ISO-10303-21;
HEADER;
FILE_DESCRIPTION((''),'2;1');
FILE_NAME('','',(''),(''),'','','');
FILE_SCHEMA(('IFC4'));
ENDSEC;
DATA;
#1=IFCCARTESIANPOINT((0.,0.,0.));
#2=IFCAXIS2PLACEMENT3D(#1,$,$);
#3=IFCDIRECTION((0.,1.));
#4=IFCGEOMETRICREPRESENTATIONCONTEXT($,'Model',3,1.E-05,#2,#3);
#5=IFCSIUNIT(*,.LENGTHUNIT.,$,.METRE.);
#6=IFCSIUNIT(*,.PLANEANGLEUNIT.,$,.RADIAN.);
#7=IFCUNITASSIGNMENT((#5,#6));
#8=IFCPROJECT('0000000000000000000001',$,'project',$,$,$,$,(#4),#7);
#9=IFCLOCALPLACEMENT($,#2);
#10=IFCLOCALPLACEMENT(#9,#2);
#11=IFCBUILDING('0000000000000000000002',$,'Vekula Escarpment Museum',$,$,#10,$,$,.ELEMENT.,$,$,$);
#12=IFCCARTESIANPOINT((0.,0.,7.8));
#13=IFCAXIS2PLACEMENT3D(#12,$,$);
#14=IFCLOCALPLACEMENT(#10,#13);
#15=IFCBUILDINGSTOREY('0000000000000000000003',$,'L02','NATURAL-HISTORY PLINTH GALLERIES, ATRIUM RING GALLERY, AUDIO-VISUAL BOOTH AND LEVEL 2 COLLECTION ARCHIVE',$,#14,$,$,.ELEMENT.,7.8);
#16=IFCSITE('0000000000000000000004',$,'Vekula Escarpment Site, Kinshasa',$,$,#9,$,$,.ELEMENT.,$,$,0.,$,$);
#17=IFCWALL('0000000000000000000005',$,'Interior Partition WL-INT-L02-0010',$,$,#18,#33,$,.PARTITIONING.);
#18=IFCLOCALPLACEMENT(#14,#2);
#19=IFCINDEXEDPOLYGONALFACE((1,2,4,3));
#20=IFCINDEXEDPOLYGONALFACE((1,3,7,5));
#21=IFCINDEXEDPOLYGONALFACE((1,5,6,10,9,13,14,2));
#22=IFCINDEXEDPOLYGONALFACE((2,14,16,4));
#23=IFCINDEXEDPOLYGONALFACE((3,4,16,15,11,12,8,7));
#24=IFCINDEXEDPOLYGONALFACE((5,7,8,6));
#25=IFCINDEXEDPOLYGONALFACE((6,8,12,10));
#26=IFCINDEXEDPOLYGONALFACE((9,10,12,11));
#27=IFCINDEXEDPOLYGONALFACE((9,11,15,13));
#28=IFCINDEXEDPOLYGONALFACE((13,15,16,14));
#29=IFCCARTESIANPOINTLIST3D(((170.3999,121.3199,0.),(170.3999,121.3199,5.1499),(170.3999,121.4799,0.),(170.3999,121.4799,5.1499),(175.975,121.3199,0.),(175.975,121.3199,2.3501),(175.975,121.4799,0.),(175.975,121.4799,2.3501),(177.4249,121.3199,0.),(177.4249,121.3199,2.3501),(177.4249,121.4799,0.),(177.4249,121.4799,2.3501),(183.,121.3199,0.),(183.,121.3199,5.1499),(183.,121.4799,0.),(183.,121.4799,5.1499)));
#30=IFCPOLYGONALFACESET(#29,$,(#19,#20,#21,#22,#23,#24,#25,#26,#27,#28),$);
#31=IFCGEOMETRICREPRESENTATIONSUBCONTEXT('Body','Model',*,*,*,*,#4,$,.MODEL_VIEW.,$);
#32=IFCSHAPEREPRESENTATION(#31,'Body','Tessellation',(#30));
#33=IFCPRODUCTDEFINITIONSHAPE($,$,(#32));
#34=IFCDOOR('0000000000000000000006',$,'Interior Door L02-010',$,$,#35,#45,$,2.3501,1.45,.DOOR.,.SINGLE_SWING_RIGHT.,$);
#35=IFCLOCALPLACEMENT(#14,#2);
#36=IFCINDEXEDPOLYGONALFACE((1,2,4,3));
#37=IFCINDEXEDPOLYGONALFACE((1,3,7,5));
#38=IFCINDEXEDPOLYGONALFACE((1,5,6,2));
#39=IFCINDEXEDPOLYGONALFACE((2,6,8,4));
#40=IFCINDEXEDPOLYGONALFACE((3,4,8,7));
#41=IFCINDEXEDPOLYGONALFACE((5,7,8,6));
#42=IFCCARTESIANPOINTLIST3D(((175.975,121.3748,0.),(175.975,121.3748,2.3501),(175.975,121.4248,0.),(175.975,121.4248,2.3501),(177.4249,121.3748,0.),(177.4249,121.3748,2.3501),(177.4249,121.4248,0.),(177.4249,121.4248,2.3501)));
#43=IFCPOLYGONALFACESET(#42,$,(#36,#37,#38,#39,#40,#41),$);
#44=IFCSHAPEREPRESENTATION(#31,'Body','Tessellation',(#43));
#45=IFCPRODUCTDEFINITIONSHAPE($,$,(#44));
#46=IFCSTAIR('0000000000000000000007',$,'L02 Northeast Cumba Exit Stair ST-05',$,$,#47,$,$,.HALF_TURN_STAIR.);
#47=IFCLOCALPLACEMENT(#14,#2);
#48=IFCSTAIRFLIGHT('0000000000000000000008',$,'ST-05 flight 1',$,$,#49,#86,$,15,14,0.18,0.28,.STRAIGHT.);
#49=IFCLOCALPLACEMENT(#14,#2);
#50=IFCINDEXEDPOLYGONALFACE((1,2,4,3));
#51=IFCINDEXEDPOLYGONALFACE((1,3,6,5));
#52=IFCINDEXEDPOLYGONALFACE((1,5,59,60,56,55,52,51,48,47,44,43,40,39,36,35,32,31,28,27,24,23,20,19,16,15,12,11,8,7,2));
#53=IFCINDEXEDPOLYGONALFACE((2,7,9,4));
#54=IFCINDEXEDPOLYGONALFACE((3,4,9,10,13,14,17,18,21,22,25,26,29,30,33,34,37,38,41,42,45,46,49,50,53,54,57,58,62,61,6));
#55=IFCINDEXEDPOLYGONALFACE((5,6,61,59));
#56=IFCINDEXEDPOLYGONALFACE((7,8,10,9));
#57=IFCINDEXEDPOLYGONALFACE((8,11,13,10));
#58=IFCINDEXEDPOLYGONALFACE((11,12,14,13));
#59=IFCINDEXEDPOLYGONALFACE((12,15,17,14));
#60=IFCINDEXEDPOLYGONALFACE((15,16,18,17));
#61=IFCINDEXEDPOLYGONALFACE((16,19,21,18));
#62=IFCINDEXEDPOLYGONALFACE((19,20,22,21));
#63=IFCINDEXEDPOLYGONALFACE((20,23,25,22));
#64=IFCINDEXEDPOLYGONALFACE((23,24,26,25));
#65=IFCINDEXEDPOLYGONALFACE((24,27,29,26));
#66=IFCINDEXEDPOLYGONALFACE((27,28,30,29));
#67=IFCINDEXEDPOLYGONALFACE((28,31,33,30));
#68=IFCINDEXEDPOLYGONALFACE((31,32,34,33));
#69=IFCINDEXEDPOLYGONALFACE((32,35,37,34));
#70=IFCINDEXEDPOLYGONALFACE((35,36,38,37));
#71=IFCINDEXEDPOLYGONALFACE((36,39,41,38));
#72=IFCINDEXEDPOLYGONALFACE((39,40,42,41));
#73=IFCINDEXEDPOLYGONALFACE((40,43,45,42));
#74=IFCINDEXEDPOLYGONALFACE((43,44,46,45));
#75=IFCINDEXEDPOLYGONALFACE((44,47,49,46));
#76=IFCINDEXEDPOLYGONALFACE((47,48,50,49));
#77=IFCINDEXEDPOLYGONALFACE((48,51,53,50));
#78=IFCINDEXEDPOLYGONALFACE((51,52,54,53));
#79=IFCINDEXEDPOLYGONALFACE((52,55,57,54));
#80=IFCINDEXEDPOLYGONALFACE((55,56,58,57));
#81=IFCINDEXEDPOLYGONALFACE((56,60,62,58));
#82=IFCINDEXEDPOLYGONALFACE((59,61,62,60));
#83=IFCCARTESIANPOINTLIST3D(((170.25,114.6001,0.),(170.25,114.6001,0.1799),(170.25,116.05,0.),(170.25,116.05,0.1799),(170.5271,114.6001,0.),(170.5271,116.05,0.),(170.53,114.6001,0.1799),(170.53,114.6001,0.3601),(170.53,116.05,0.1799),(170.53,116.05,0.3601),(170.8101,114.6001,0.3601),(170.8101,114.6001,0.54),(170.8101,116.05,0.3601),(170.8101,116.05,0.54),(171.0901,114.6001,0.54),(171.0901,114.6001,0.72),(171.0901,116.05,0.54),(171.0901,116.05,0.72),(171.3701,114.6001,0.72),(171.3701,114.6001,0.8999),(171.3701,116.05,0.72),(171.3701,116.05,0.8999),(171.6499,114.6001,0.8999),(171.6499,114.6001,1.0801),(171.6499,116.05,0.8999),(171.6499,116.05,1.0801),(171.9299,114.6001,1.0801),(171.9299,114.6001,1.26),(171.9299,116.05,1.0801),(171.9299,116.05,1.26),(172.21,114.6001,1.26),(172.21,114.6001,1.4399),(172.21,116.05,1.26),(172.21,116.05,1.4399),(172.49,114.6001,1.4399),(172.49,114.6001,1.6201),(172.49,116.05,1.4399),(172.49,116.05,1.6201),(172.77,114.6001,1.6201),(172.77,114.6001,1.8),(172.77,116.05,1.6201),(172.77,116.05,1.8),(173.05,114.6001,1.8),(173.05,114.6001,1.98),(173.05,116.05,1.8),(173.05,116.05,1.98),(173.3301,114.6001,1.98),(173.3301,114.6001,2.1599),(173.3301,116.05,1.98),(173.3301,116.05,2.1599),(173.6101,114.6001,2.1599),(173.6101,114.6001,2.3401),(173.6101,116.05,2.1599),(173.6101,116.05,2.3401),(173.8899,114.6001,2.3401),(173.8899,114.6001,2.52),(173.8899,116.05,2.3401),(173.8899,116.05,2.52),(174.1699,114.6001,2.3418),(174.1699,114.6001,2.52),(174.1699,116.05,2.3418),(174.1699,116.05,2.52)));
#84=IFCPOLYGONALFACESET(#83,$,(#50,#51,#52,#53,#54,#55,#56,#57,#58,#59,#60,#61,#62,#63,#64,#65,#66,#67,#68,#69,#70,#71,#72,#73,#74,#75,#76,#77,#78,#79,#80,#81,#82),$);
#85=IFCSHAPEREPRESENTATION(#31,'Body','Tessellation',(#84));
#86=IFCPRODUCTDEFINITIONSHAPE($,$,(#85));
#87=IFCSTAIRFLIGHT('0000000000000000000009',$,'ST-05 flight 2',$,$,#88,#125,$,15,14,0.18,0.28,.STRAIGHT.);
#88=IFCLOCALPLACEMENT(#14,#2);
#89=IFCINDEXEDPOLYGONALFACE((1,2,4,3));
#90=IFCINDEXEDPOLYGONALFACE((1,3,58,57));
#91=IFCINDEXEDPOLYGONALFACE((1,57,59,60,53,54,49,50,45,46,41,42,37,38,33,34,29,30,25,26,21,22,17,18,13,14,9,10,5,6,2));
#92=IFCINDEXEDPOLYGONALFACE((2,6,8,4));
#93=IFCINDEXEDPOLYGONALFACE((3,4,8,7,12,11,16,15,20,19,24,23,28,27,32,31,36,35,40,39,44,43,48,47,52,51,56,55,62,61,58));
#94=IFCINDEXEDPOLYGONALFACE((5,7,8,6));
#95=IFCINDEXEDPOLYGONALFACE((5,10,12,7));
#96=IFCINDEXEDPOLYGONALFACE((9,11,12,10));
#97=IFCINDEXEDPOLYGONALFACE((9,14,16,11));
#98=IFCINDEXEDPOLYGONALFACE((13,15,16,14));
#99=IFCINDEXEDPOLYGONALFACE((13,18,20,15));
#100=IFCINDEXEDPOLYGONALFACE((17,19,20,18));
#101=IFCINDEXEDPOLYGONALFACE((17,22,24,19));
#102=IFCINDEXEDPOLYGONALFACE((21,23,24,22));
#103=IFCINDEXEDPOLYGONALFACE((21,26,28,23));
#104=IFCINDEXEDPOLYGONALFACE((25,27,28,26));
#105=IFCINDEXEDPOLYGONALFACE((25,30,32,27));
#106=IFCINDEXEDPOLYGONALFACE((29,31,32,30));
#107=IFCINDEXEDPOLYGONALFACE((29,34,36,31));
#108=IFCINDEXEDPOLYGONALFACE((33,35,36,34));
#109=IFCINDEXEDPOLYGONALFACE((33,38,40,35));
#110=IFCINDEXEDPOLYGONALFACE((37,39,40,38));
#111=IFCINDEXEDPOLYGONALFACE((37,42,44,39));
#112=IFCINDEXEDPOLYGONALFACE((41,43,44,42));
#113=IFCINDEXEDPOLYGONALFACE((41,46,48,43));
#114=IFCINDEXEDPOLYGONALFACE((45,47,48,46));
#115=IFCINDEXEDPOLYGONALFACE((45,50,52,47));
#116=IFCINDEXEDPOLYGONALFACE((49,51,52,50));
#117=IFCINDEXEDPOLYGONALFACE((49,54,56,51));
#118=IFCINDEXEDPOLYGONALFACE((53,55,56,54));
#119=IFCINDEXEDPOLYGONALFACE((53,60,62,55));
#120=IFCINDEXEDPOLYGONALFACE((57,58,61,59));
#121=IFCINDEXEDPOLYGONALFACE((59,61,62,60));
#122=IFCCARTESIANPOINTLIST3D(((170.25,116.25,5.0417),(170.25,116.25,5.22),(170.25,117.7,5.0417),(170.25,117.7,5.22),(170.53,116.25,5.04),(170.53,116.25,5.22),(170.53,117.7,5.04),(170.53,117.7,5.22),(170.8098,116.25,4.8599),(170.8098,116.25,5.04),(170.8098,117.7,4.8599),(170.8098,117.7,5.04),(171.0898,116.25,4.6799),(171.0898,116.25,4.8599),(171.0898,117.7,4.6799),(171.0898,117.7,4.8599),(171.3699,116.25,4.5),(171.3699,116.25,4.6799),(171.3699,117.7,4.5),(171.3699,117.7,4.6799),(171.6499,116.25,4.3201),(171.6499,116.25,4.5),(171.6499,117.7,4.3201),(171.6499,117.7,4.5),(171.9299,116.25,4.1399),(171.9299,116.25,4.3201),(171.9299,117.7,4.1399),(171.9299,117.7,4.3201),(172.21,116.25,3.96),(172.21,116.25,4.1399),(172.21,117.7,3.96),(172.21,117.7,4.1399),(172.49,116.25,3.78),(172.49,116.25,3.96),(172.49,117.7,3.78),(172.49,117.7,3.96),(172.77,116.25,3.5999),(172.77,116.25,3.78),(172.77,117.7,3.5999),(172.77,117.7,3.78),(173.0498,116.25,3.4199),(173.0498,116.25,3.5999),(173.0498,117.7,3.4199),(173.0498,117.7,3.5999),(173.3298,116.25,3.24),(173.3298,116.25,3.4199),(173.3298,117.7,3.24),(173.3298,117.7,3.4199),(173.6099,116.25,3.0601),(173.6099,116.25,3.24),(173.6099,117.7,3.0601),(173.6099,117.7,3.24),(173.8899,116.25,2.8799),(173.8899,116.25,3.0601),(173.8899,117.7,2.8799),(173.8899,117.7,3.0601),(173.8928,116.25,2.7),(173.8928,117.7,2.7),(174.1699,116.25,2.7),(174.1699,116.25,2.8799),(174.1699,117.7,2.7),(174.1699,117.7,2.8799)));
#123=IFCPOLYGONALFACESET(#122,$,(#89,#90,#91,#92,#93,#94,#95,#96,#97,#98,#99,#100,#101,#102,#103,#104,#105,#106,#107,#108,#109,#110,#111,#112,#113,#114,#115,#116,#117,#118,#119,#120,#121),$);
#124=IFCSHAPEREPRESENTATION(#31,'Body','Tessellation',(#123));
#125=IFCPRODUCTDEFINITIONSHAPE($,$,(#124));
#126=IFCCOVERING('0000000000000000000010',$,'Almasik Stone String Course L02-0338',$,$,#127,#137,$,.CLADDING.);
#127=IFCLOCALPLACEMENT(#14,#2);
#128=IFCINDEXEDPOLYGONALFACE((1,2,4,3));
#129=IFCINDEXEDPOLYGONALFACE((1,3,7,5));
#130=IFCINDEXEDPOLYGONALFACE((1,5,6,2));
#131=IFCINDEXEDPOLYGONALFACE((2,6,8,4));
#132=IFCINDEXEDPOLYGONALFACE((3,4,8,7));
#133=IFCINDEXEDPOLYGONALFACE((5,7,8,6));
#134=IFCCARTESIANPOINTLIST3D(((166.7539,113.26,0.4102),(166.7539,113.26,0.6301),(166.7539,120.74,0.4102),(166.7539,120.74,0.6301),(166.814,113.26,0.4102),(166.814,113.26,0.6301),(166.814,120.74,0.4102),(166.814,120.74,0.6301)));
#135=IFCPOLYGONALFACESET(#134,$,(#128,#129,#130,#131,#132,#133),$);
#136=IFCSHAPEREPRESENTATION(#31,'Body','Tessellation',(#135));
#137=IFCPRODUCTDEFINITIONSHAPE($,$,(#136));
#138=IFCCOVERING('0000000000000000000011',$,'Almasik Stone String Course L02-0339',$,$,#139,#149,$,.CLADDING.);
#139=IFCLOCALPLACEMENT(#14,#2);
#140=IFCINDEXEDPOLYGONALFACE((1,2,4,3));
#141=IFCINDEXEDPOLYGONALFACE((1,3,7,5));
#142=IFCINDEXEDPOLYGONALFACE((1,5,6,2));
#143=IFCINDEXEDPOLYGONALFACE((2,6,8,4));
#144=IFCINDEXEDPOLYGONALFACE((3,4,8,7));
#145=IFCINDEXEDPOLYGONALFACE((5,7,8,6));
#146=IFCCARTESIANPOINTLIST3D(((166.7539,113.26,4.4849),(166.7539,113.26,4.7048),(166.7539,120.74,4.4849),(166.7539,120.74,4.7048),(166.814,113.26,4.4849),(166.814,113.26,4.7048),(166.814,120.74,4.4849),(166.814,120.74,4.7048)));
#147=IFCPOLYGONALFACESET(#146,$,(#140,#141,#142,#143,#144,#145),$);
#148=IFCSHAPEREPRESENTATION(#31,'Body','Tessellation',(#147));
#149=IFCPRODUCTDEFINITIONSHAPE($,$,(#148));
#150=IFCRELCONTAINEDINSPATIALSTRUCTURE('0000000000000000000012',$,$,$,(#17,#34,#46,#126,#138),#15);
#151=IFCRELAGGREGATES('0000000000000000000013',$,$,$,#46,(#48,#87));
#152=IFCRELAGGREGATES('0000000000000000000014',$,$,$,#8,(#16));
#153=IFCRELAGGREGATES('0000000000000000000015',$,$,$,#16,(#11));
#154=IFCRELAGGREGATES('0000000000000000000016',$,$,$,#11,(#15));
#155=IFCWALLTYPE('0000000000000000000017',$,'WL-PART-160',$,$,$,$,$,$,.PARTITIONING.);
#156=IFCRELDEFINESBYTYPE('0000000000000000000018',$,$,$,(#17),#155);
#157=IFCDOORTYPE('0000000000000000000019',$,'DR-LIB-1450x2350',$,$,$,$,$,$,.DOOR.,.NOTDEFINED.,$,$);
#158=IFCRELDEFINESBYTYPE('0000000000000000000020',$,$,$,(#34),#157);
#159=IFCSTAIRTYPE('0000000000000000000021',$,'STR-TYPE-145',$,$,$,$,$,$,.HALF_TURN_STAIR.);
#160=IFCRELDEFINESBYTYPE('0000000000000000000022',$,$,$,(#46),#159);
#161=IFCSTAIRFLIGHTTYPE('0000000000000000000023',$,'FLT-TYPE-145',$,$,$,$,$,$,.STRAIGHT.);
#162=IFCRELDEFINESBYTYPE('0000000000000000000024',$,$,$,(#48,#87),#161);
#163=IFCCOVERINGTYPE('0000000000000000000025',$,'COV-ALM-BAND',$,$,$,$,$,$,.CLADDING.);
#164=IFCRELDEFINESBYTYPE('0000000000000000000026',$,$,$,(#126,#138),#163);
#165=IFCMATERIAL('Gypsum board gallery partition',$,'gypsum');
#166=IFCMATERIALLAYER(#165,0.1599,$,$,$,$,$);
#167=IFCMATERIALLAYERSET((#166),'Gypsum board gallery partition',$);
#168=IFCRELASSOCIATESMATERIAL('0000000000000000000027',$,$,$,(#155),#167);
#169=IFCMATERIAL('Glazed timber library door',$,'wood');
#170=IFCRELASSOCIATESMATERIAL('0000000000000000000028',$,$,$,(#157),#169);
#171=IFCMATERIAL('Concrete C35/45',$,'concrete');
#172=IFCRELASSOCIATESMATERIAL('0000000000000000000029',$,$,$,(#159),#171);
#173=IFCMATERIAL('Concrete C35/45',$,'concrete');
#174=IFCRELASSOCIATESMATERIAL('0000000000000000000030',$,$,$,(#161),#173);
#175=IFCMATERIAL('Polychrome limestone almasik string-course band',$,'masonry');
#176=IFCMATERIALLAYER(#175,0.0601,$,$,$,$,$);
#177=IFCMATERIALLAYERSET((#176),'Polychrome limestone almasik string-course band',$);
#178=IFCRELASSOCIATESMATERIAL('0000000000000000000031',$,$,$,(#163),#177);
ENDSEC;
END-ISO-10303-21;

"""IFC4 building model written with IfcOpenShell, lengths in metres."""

from ifc_helpers import new_model, si_unit, direction, frame, frame_2d, origin, origin_2d, place, context, subcontext, project, spatial, polyline, rectangle, outline, extrude, material, layer, layer_set, type_object, element, fill, aggregate, save


model = new_model("IFC4")

# Units and contexts
model_context = context("Model", 3, precision=1e-05, world=origin(), true_north=direction((0.0, 1.0)))
body_context = subcontext(model_context, "Body", "Model", "MODEL_VIEW")
ifc_project = project(units=[si_unit("LENGTHUNIT", "METRE"), si_unit("PLANEANGLEUNIT", "RADIAN")], contexts=[model_context])

# Site, building, storey
site_placement = place(None, origin())
site = spatial("IfcSite", under=ifc_project, at=site_placement, Name="Vekula Escarpment Site, Kinshasa", CompositionType="ELEMENT", RefElevation=0.0)
building_placement = place(site_placement, origin())
building = spatial("IfcBuilding", under=site, at=building_placement, Name="Vekula Escarpment Museum", CompositionType="ELEMENT")
storey_placement = place(building_placement, frame((0.0, 0.0, 7.8)))
storey = spatial("IfcBuildingStorey", under=building, at=storey_placement, Name="L02", Description="NATURAL-HISTORY PLINTH GALLERIES, ATRIUM RING GALLERY, AUDIO-VISUAL BOOTH AND LEVEL 2 COLLECTION ARCHIVE", CompositionType="ELEMENT", Elevation=7.8)

# Wall, opening, door
ifc_material_1 = material(Name="Gypsum board gallery partition", Category="gypsum")
ifc_layer_1 = layer(ifc_material_1, 0.1599)
ifc_layer_set_1 = layer_set([ifc_layer_1], Name="Gypsum board gallery partition")
wall_type_1 = type_object("IfcWallType", Name="WL-PART-160", PredefinedType="PARTITIONING", material=ifc_layer_set_1)
wall_1_placement = place(storey_placement, frame((170.3999, 121.3999, 0.0), z_axis=(0.0, 0.0, 1.0), x_axis=(1.0, 0.0, 0.0)))
wall_1 = element("IfcWall", 1, at=wall_1_placement, inside=storey, type_object=wall_type_1, Name="Interior Partition WL-INT-L02-0010", PredefinedType="PARTITIONING", context=body_context, shape_type="SweptSolid", body=[
    extrude(rectangle(XDim=12.6001, YDim=0.1599, at=frame_2d((6.3, 0.0))), origin(), (0.0, 0.0, 1.0), 5.1499),
])
opening_1_placement = place(wall_1_placement, frame((5.575, 0.0, 0.0)))
opening_1 = element("IfcOpeningElement", 2, at=opening_1_placement, cuts=wall_1, PredefinedType="OPENING", context=body_context, shape_type="SweptSolid", body=[
    extrude(rectangle(XDim=1.45, YDim=2.3501, at=frame_2d((0.7251, 1.175))), frame((0.0, 0.0898, 0.0), z_axis=(0.0, -1.0, 0.0), x_axis=(1.0, 0.0, 0.0)), (0.0, 0.0, 1.0), 0.1799),
])
ifc_material_2 = material(Name="Glazed timber library door", Category="wood")
door_type_1 = type_object("IfcDoorType", Name="DR-LIB-1450x2350", OperationType="NOTDEFINED", PredefinedType="DOOR", material=ifc_material_2)
door_1_placement = place(opening_1_placement, origin())
door_1 = element("IfcDoor", 3, at=door_1_placement, inside=storey, type_object=door_type_1, Name="Interior Door L02-010", OperationType="SINGLE_SWING_RIGHT", OverallHeight=2.3501, OverallWidth=1.45, PredefinedType="DOOR", context=body_context, shape_type="SweptSolid", body=[
    extrude(rectangle(XDim=1.45, YDim=2.3501, at=frame_2d((0.7251, 1.175))), frame((0.0, 0.0249, 0.0), z_axis=(0.0, -1.0, 0.0), x_axis=(1.0, 0.0, 0.0)), (0.0, 0.0, 1.0), 0.05),
])
fill(opening_1, door_1)

# Stair, stair flights
ifc_material_3 = material(Name="Concrete C35/45", Category="concrete")
stair_type = type_object("IfcStairType", Name="STR-TYPE-145", PredefinedType="HALF_TURN_STAIR", material=ifc_material_3)
stair_placement = place(storey_placement, origin())
stair = element("IfcStair", 4, at=stair_placement, inside=storey, type_object=stair_type, Name="L02 Northeast Cumba Exit Stair ST-05", PredefinedType="HALF_TURN_STAIR")
ifc_material_4 = material(Name="Concrete C35/45", Category="concrete")
stair_flight_type = type_object("IfcStairFlightType", Name="FLT-TYPE-145", PredefinedType="STRAIGHT", material=ifc_material_4)
stair_flight_1_placement = place(storey_placement, frame((170.25, 115.325, 0.0), z_axis=(0.0, 0.0, 1.0), x_axis=(1.0, 0.0, 0.0)))
stair_flight_1 = element("IfcStairFlight", 5, at=stair_flight_1_placement, type_object=stair_flight_type, Name="ST-05 flight 1", NumberOfRisers=15, NumberOfTreads=14, PredefinedType="STRAIGHT", RiserHeight=0.18, TreadLength=0.28, context=body_context, shape_type="SweptSolid", body=[
    extrude(outline(polyline([(0.0, 0.0), (0.0, 0.1799), (0.28, 0.1799), (0.28, 0.3601), (0.5601, 0.3601), (0.5601, 0.54), (0.8401, 0.54), (0.8401, 0.72), (1.1201, 0.72), (1.1201, 0.8999), (1.3999, 0.8999), (1.3999, 1.0801), (1.6799, 1.0801), (1.6799, 1.26), (1.96, 1.26), (1.96, 1.4399), (2.24, 1.4399), (2.24, 1.6201), (2.52, 1.6201), (2.52, 1.8), (2.8, 1.8), (2.8, 1.98), (3.0801, 1.98), (3.0801, 2.1599), (3.3601, 2.1599), (3.3601, 2.3401), (3.6399, 2.3401), (3.6399, 2.52), (3.9199, 2.52), (3.9199, 2.7), (3.9199, 2.3418), (0.2771, 0.0), (0.0, 0.0)])), frame((0.0, 0.7251, 0.0), z_axis=(0.0, -1.0, 0.0), x_axis=(1.0, 0.0, 0.0)), (0.0, 0.0, 1.0), 1.45),
])
stair_flight_2_placement = place(storey_placement, frame((174.1699, 116.9751, 2.7), z_axis=(0.0, 0.0, 1.0), x_axis=(-1.0, 0.0, 0.0)))
stair_flight_2 = element("IfcStairFlight", 6, at=stair_flight_2_placement, type_object=stair_flight_type, Name="ST-05 flight 2", NumberOfRisers=15, NumberOfTreads=14, PredefinedType="STRAIGHT", RiserHeight=0.18, TreadLength=0.28, context=body_context, shape_type="SweptSolid", body=[
    extrude(outline(polyline([(0.0, 0.0), (0.0, 0.1799), (0.28, 0.1799), (0.28, 0.3601), (0.5601, 0.3601), (0.5601, 0.54), (0.8401, 0.54), (0.8401, 0.72), (1.1201, 0.72), (1.1201, 0.8999), (1.3999, 0.8999), (1.3999, 1.0801), (1.6799, 1.0801), (1.6799, 1.26), (1.96, 1.26), (1.96, 1.4399), (2.24, 1.4399), (2.24, 1.6201), (2.52, 1.6201), (2.52, 1.8), (2.8, 1.8), (2.8, 1.98), (3.0801, 1.98), (3.0801, 2.1599), (3.3601, 2.1599), (3.3601, 2.3401), (3.6399, 2.3401), (3.6399, 2.52), (3.9199, 2.52), (3.9199, 2.7), (3.9199, 2.3418), (0.2771, 0.0), (0.0, 0.0)])), frame((0.0, 0.7251, 0.0), z_axis=(0.0, -1.0, 0.0), x_axis=(1.0, 0.0, 0.0)), (0.0, 0.0, 1.0), 1.45),
])
aggregate(stair, [stair_flight_1, stair_flight_2])

# Coverings
ifc_material_5 = material(Name="Polychrome limestone almasik string-course band", Category="masonry")
ifc_layer_2 = layer(ifc_material_5, 0.0601)
ifc_layer_set_2 = layer_set([ifc_layer_2], Name="Polychrome limestone almasik string-course band")
covering_type = type_object("IfcCoveringType", Name="COV-ALM-BAND", PredefinedType="CLADDING", material=ifc_layer_set_2)
for number, where, z_axis, x_axis, name in (
    (7, (166.7839, 117.0, 0.4102), (0.0, 0.0, 1.0), (0.0, 1.0, 0.0), "Almasik Stone String Course L02-0338"),
    (8, (166.7839, 117.0, 4.4849), (0.0, 0.0, 1.0), (0.0, 1.0, 0.0), "Almasik Stone String Course L02-0339"),
):
    element("IfcCovering", number, at=place(storey_placement, frame(where, z_axis=z_axis, x_axis=x_axis)), inside=storey, type_object=covering_type, Name=name, PredefinedType="CLADDING", context=body_context, shape_type="SweptSolid", body=[
        extrude(rectangle(XDim=7.48, YDim=0.0601, at=origin_2d()), origin(), (0.0, 0.0, 1.0), 0.22),
    ])

save(model, "model.ifc")
